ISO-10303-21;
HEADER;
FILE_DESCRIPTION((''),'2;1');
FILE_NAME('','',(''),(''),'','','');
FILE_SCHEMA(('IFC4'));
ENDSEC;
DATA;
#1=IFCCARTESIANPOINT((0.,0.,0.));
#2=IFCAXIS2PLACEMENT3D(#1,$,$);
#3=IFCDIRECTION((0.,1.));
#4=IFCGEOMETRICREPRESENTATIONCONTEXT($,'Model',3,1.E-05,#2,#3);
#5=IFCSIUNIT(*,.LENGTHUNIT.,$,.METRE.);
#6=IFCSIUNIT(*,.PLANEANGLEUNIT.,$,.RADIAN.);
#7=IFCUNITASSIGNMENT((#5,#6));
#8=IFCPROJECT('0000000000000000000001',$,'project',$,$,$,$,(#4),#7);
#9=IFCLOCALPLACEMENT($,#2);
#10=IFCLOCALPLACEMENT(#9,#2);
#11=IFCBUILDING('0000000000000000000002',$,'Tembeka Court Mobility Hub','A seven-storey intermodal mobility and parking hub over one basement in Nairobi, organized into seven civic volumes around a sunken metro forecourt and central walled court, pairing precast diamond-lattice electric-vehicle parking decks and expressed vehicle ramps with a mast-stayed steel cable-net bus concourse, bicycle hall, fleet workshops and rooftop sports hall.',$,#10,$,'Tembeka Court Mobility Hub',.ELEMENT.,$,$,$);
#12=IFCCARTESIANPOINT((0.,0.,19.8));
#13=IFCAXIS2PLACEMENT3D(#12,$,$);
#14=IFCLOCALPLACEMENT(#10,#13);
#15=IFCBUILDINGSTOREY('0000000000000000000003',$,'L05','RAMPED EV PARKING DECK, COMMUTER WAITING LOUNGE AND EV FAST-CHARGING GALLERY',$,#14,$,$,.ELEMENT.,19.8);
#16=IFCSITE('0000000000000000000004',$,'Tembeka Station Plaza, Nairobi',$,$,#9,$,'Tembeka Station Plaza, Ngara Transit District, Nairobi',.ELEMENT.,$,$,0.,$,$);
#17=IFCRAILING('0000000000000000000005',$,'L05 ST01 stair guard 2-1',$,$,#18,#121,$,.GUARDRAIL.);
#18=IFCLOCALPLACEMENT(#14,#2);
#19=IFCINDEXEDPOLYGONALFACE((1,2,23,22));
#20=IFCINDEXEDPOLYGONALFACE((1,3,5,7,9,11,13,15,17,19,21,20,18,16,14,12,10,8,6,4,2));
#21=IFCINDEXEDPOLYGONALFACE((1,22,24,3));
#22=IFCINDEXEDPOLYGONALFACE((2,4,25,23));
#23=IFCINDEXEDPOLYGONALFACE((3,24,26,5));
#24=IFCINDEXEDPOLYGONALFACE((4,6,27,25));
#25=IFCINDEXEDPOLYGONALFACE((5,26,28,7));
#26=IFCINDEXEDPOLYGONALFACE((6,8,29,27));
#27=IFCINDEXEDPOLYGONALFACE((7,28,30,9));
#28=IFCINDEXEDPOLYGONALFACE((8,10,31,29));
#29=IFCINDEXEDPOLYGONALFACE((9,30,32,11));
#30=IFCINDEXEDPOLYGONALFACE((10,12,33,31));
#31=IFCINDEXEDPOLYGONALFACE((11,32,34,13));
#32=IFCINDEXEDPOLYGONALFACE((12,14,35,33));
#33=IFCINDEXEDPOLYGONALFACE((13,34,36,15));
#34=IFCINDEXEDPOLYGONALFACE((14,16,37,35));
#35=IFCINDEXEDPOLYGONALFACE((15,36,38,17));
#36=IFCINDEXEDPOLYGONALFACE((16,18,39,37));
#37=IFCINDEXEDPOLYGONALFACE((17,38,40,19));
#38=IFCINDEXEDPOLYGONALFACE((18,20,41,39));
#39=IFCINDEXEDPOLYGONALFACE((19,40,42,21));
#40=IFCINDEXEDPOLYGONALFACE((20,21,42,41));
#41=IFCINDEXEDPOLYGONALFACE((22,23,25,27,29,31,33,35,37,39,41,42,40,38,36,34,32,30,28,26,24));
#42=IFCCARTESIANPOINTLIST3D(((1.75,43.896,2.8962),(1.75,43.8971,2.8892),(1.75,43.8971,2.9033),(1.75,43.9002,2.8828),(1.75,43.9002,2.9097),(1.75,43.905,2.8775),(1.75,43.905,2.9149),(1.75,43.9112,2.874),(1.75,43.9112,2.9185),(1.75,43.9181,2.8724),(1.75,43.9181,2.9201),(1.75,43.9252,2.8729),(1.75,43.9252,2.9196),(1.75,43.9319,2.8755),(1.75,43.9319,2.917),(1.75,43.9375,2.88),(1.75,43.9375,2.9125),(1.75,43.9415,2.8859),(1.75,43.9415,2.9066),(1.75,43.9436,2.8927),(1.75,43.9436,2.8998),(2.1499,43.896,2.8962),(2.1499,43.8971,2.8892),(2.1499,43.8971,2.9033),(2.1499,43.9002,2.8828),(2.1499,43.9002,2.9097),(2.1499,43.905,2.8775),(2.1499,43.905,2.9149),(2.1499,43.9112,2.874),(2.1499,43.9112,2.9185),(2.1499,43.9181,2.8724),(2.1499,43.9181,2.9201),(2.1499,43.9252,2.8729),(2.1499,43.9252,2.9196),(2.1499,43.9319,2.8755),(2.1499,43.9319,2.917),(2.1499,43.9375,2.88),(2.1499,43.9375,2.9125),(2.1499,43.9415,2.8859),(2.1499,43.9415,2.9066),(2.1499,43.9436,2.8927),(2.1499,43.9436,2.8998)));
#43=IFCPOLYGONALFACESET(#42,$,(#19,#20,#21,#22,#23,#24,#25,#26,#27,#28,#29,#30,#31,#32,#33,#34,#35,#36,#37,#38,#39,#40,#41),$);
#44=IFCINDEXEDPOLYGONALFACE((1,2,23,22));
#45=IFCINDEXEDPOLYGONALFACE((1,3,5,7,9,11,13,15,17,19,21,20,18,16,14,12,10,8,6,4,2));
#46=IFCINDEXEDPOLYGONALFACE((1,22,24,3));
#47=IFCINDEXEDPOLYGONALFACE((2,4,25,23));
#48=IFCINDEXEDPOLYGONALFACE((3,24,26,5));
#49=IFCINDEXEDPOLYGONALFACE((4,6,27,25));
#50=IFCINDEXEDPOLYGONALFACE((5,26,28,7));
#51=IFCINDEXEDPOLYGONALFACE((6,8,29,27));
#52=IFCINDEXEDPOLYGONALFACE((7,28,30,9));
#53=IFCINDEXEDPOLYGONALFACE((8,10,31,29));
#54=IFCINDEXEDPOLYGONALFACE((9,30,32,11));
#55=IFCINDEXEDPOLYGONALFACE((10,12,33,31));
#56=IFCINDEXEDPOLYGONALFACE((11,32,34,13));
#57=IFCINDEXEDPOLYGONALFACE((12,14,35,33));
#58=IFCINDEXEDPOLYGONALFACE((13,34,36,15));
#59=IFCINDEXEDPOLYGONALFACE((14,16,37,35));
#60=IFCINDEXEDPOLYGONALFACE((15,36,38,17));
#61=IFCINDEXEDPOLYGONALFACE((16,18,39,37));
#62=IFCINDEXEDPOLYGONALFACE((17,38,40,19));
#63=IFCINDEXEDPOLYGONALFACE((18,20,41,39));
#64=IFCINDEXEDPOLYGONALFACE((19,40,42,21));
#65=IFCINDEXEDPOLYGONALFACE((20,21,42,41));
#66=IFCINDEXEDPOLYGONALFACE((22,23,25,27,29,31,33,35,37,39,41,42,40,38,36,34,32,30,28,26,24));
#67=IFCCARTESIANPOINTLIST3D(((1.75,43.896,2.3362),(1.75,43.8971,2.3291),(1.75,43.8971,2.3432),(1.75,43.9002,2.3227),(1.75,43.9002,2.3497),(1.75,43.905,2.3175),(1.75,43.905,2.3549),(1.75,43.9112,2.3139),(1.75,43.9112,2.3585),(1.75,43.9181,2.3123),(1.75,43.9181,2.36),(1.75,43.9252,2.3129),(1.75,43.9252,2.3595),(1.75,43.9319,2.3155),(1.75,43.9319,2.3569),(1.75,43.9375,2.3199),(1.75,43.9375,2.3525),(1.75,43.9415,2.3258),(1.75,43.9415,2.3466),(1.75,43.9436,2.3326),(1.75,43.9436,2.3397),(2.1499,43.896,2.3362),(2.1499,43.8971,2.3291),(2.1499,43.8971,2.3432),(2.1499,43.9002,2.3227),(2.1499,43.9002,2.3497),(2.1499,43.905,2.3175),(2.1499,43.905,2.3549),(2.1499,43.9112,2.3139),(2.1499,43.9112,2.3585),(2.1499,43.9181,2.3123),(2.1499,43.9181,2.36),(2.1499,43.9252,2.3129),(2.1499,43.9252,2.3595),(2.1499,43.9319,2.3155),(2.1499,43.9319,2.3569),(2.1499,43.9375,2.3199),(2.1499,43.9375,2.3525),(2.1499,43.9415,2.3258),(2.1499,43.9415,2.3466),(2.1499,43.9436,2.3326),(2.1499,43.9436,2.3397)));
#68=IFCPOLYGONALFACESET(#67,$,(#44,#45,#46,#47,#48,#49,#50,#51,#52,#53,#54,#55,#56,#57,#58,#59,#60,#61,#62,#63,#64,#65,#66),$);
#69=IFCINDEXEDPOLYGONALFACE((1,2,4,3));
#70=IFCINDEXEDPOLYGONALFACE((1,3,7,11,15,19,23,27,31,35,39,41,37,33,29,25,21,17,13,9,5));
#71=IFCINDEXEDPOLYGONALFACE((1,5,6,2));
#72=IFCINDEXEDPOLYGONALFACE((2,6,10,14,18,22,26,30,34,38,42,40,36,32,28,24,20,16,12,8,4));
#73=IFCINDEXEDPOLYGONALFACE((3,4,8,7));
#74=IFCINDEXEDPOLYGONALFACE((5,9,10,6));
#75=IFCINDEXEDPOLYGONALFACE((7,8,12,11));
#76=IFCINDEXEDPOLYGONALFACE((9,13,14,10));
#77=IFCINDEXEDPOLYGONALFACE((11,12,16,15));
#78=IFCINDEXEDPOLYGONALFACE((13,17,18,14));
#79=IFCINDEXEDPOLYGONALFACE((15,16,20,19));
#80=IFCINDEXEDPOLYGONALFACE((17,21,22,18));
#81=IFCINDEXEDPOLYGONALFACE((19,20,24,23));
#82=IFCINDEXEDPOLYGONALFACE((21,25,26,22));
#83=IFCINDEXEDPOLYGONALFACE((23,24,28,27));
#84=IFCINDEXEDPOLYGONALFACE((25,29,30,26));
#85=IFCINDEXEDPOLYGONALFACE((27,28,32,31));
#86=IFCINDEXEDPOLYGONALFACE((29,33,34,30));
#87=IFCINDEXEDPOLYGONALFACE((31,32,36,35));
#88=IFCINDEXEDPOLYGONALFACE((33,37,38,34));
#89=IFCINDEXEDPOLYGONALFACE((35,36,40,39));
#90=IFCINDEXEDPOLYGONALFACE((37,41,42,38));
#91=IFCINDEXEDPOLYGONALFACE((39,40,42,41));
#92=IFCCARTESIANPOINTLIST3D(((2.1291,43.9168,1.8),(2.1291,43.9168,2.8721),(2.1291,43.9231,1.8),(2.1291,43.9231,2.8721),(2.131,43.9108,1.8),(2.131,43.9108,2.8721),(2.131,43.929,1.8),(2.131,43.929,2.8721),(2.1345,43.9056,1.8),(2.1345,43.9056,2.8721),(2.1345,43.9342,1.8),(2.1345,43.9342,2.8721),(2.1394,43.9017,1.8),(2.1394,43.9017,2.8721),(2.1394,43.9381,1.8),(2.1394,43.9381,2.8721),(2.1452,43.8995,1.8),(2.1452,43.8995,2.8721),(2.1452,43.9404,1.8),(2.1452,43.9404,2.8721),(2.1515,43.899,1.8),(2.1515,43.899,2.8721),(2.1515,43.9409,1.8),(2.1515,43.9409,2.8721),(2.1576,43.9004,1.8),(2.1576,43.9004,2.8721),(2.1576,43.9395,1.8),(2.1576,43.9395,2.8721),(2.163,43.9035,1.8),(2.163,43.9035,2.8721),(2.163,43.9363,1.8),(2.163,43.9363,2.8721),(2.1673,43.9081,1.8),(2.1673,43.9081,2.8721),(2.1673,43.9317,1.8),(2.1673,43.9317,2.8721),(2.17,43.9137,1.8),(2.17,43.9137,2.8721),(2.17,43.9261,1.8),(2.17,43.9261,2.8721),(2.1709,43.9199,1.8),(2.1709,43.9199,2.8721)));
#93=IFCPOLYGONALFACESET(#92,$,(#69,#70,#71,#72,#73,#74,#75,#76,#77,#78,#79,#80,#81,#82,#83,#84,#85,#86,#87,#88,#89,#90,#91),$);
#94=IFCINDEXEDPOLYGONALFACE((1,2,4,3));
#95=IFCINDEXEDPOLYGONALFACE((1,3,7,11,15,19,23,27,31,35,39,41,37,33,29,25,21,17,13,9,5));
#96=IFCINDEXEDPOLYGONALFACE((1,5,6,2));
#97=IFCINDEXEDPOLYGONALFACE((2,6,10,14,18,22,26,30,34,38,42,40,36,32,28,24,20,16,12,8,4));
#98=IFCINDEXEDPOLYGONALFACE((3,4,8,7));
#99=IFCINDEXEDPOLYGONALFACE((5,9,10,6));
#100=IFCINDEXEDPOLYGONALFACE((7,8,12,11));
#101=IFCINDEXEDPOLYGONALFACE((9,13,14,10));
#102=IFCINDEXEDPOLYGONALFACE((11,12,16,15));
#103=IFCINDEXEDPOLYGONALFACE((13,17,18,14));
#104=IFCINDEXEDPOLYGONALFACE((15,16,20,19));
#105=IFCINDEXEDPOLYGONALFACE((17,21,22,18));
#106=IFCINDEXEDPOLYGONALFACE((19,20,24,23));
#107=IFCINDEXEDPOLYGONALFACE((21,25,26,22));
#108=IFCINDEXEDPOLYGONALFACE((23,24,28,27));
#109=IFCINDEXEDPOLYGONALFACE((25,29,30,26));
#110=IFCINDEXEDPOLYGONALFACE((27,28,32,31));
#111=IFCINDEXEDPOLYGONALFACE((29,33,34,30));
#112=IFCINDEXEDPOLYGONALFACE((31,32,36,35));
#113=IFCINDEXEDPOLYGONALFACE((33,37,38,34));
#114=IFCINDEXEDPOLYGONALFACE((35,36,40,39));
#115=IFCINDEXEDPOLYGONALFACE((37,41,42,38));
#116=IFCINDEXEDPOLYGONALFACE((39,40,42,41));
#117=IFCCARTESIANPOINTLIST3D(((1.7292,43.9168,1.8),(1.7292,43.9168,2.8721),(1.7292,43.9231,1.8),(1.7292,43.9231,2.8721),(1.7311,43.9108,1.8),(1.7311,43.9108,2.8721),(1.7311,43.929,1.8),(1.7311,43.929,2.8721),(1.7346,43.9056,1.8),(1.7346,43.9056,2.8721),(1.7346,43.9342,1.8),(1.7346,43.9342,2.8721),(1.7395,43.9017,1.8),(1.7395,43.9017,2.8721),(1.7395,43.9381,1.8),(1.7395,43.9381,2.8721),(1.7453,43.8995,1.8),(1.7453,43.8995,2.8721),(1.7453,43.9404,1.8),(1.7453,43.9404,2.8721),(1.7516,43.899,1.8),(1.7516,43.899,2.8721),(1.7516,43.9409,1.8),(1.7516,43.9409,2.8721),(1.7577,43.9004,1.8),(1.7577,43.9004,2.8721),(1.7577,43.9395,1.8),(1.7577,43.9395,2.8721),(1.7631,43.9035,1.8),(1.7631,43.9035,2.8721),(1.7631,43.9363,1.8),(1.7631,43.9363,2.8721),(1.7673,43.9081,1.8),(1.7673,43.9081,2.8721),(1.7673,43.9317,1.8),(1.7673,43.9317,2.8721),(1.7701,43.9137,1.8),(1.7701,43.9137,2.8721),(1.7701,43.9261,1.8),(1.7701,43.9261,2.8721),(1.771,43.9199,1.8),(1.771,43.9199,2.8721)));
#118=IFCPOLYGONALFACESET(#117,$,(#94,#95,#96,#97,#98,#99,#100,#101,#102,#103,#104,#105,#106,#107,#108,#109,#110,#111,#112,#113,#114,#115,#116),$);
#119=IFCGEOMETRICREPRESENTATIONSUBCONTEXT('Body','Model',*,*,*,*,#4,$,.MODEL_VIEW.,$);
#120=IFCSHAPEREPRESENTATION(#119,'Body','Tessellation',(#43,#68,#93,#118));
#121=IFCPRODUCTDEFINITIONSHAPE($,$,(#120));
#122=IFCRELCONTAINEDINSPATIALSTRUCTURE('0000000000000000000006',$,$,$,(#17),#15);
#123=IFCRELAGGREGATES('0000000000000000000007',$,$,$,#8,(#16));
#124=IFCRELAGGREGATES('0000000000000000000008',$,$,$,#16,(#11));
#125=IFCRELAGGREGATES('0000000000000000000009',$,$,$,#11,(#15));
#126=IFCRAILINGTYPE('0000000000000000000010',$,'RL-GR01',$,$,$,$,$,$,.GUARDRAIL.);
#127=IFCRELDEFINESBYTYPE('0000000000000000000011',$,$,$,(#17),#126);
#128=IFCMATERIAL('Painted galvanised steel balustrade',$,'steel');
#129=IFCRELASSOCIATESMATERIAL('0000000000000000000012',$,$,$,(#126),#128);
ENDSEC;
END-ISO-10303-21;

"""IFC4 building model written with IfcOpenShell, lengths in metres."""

from ifc_helpers import new_model, si_unit, direction, frame, origin, origin_2d, place, context, subcontext, project, spatial, circle, extrude, material, type_object, element, save


model = new_model("IFC4")

# Units and contexts
model_context = context("Model", 3, precision=1e-05, world=origin(), true_north=direction((0.0, 1.0)))
body_context = subcontext(model_context, "Body", "Model", "MODEL_VIEW")
ifc_project = project(units=[si_unit("LENGTHUNIT", "METRE"), si_unit("PLANEANGLEUNIT", "RADIAN")], contexts=[model_context])

# Site, building, storey
site_placement = place(None, origin())
site = spatial("IfcSite", under=ifc_project, at=site_placement, Name="Tembeka Station Plaza, Nairobi", LongName="Tembeka Station Plaza, Ngara Transit District, Nairobi", CompositionType="ELEMENT", RefElevation=0.0)
building_placement = place(site_placement, origin())
building = spatial("IfcBuilding", under=site, at=building_placement, Name="Tembeka Court Mobility Hub", Description="A seven-storey intermodal mobility and parking hub over one basement in Nairobi, organized into seven civic volumes around a sunken metro forecourt and central walled court, pairing precast diamond-lattice electric-vehicle parking decks and expressed vehicle ramps with a mast-stayed steel cable-net bus concourse, bicycle hall, fleet workshops and rooftop sports hall.", LongName="Tembeka Court Mobility Hub", CompositionType="ELEMENT")
storey_placement = place(building_placement, frame((0.0, 0.0, 19.8)))
storey = spatial("IfcBuildingStorey", under=building, at=storey_placement, Name="L05", Description="RAMPED EV PARKING DECK, COMMUTER WAITING LOUNGE AND EV FAST-CHARGING GALLERY", CompositionType="ELEMENT", Elevation=19.8)

# Railing
ifc_material_1 = material(Name="Painted galvanised steel balustrade", Category="steel")
railing_type_1 = type_object("IfcRailingType", Name="RL-GR01", PredefinedType="GUARDRAIL", material=ifc_material_1)
railing_1_placement = place(storey_placement, frame((2.1499, 43.9199, 1.8)))
element("IfcRailing", 1, at=railing_1_placement, inside=storey, type_object=railing_type_1, Name="L05 ST01 stair guard 2-1", PredefinedType="GUARDRAIL", context=body_context, shape_type="SweptSolid", body=[
    extrude(circle(Radius=0.0239, at=origin_2d()), frame((0.0, 0.0, 1.0962), z_axis=(-1.0, 0.0, 0.0), x_axis=(0.0, -1.0, 0.0)), (0.0, 0.0, 1.0), 0.3999),
    extrude(circle(Radius=0.0239, at=origin_2d()), frame((0.0, 0.0, 0.5361), z_axis=(-1.0, 0.0, 0.0), x_axis=(0.0, -1.0, 0.0)), (0.0, 0.0, 1.0), 0.3999),
    extrude(circle(Radius=0.021, at=origin_2d()), origin(), (0.0, 0.0, 1.0), 1.072),
    extrude(circle(Radius=0.021, at=origin_2d()), frame((-0.3999, 0.0, 0.0)), (0.0, 0.0, 1.0), 1.072),
])

save(model, "model.ifc")
